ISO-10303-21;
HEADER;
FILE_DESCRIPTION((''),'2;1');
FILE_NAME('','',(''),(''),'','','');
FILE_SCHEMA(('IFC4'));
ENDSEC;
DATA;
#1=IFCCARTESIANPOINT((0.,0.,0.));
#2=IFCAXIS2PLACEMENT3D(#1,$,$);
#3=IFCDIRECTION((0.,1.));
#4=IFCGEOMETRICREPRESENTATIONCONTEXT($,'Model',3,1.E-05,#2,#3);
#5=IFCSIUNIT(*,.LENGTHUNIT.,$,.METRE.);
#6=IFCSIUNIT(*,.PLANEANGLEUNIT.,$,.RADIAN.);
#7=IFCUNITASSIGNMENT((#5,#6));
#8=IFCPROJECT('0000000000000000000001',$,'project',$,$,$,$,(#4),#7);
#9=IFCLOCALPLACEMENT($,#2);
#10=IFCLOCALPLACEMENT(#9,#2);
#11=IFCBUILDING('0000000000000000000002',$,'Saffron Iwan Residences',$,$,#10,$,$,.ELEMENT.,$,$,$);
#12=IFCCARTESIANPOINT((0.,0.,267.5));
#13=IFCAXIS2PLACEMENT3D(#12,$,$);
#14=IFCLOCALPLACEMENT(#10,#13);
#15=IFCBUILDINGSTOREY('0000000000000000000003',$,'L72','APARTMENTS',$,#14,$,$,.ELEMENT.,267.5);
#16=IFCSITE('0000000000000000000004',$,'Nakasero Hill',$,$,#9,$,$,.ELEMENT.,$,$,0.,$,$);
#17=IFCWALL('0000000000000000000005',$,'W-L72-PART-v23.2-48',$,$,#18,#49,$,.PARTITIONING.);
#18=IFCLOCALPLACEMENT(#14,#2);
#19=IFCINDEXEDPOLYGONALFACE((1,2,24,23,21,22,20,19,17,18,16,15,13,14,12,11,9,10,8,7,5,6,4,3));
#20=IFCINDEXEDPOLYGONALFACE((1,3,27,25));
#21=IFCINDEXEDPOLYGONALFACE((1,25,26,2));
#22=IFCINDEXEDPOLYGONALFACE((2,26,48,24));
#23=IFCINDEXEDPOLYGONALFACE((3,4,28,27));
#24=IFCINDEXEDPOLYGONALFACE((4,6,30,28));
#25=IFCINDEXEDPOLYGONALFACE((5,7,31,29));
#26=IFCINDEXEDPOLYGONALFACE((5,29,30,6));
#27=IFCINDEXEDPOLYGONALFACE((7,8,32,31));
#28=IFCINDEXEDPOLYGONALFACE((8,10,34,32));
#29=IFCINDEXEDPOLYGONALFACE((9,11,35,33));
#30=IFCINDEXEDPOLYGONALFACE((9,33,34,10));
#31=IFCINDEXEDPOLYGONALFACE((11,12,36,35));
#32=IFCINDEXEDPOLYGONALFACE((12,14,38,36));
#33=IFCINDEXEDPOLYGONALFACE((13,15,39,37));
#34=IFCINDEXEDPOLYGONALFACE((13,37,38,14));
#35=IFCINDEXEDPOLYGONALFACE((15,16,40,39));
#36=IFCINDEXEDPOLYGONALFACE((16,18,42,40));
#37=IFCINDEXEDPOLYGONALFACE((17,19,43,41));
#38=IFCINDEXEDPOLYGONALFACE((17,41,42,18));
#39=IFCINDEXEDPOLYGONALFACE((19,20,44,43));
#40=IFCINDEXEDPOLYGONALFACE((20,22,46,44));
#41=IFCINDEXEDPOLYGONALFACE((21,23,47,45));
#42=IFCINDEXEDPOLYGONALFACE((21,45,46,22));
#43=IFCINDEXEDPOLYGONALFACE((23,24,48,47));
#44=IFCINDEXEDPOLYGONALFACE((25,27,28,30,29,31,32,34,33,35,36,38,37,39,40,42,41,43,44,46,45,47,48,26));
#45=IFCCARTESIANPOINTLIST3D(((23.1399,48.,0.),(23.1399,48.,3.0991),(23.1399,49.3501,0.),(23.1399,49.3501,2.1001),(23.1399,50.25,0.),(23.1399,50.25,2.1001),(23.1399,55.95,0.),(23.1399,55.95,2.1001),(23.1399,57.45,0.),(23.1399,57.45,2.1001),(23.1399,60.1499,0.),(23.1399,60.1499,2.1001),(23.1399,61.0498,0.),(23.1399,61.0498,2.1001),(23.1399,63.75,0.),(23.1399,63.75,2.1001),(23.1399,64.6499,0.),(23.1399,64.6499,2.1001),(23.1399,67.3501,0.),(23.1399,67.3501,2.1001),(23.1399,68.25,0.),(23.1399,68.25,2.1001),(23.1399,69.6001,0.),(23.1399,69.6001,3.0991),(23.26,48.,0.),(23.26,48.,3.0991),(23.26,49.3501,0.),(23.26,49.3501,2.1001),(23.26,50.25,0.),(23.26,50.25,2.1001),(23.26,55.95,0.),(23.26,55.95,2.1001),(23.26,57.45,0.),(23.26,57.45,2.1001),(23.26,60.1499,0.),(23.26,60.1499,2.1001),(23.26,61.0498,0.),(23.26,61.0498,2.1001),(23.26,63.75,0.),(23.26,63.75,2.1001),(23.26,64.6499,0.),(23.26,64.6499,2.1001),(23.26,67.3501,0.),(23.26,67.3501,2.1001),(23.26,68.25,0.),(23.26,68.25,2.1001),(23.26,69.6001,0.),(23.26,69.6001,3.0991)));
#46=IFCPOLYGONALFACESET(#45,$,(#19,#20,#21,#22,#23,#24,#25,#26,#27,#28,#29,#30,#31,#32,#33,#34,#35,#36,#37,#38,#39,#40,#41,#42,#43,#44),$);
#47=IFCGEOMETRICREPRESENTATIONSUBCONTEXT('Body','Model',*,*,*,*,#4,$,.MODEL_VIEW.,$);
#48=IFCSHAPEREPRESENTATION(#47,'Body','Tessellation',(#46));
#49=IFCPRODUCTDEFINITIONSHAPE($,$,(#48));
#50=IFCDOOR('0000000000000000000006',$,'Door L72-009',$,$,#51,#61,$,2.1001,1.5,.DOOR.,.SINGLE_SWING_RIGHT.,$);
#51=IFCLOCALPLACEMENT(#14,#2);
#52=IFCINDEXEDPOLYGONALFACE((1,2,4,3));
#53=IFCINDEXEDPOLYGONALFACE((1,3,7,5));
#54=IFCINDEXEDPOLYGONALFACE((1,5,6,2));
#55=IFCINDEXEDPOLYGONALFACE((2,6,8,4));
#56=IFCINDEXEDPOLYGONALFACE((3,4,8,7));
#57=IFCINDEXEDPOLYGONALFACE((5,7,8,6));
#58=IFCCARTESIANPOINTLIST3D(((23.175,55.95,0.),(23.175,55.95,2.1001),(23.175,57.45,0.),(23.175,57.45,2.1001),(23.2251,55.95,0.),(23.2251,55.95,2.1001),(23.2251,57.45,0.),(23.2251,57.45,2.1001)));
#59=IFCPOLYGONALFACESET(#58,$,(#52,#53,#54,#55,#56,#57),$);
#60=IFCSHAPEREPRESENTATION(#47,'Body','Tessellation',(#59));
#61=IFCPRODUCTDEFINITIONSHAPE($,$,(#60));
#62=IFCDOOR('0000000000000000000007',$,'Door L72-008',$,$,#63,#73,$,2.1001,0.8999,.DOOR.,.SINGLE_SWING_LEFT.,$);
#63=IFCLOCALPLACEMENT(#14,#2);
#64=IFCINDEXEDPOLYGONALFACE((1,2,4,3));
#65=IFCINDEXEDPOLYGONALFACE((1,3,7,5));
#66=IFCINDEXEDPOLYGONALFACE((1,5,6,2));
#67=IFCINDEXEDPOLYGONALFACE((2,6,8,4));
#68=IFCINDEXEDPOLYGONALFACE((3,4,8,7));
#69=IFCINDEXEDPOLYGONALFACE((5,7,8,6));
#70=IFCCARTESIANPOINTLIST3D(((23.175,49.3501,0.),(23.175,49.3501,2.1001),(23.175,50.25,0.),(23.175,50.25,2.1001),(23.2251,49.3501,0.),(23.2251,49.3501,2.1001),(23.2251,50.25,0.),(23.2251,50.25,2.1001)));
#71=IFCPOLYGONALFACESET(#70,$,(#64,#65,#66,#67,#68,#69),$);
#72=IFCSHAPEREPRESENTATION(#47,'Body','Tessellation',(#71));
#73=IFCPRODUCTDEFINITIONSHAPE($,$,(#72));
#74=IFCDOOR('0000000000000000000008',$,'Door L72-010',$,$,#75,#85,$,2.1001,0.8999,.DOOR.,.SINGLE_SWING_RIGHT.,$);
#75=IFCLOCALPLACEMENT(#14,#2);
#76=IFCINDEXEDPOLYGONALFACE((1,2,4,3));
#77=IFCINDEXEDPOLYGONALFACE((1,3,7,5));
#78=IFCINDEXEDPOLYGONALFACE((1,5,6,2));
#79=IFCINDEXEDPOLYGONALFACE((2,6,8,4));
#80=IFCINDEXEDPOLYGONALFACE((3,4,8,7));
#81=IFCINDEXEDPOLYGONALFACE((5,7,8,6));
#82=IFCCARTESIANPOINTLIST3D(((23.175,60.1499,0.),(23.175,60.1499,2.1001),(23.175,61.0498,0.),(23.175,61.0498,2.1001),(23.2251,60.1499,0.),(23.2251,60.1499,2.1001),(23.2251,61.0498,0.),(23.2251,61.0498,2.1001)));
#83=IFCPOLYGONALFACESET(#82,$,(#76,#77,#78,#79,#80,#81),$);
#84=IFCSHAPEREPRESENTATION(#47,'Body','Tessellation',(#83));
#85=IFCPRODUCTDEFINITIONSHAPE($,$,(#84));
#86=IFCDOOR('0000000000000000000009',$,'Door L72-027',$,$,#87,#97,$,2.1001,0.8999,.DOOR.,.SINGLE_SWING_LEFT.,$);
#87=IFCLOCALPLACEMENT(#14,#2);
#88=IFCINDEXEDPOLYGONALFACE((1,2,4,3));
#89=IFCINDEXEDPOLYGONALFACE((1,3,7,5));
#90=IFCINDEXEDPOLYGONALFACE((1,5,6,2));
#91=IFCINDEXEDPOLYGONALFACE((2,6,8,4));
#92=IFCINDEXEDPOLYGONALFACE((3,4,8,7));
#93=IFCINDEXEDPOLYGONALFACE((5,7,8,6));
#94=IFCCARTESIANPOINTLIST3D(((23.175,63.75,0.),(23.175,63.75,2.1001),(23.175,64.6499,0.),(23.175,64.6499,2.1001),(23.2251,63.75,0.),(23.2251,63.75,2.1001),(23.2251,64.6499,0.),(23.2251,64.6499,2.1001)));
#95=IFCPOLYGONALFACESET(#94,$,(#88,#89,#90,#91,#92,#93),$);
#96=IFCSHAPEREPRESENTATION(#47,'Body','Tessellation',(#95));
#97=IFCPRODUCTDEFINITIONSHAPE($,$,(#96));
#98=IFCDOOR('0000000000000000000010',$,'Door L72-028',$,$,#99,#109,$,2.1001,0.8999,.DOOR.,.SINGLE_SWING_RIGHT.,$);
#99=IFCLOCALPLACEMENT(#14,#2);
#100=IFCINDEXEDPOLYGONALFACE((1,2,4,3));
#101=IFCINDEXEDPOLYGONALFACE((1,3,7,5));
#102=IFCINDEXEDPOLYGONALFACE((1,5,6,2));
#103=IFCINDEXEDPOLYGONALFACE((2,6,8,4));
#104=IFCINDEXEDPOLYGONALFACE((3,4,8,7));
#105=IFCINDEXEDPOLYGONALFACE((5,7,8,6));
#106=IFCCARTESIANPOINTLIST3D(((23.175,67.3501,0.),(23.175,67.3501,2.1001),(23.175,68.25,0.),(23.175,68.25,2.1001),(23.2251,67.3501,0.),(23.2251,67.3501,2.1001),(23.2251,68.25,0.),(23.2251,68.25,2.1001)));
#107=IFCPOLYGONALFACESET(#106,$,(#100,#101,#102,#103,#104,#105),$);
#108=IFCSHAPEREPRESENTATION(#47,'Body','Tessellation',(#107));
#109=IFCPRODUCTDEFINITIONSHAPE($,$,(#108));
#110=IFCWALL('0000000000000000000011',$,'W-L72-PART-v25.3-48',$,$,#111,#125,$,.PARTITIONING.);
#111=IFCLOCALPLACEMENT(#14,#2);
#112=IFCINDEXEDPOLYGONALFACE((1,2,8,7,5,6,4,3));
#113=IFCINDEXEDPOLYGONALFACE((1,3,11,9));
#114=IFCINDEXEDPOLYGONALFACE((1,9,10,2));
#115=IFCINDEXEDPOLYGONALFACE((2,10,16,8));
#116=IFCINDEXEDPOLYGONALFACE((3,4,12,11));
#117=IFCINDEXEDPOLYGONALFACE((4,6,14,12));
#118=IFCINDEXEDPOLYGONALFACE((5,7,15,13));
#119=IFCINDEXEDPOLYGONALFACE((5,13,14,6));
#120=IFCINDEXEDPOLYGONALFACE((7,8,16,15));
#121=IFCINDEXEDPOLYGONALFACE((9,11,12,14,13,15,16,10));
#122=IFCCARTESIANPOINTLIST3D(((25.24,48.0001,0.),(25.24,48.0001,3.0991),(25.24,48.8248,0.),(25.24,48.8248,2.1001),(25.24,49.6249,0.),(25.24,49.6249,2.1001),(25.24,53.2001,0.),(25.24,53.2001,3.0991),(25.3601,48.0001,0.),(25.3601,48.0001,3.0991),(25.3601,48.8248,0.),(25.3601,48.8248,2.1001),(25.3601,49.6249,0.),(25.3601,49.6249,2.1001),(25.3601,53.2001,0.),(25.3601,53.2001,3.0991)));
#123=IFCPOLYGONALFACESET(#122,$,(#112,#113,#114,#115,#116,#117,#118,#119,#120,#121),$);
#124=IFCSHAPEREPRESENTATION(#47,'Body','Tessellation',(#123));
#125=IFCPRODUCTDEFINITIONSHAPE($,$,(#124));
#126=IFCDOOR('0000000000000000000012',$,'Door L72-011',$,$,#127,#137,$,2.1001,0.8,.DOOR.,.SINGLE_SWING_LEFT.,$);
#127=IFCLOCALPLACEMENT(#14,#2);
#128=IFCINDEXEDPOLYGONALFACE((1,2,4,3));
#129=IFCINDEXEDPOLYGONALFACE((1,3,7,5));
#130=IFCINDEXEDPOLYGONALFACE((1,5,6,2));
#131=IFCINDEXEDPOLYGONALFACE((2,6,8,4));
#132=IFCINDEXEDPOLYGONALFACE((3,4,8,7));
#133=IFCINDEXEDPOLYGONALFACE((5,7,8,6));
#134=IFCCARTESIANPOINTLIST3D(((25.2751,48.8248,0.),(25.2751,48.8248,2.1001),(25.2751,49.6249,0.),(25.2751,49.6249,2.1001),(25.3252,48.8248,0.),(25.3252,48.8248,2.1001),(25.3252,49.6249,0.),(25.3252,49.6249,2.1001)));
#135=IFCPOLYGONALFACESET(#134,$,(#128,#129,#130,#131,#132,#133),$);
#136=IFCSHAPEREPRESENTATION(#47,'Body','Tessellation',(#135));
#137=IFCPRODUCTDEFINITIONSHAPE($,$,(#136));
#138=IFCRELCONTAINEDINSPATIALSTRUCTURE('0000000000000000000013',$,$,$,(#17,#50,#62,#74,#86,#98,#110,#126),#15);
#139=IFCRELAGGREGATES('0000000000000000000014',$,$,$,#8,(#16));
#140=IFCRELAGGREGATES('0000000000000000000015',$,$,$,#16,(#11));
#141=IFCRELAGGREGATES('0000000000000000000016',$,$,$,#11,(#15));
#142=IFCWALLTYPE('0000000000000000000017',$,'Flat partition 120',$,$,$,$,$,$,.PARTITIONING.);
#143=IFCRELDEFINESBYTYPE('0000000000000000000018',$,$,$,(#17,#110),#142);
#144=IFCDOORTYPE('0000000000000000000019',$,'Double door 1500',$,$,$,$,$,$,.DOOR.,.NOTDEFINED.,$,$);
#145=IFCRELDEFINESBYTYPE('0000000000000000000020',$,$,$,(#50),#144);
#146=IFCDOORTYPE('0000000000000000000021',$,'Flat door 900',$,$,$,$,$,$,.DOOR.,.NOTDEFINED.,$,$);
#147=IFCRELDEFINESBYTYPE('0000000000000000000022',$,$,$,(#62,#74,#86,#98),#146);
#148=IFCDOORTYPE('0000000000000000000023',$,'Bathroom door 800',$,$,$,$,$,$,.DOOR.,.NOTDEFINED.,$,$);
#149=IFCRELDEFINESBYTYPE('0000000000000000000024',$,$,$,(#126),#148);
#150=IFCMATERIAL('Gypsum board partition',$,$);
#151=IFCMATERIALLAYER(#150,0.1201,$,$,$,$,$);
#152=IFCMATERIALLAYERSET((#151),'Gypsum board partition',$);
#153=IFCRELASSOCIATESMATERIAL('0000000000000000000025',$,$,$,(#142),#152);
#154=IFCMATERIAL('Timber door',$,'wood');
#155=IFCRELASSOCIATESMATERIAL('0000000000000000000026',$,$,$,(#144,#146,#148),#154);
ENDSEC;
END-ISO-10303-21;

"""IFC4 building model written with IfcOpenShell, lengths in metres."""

from ifc_helpers import new_model, si_unit, direction, frame, frame_2d, origin, place, context, subcontext, project, spatial, rectangle, extrude, material, layer, layer_set, type_object, element, fill, save


model = new_model("IFC4")

# Units and contexts
model_context = context("Model", 3, precision=1e-05, world=origin(), true_north=direction((0.0, 1.0)))
body_context = subcontext(model_context, "Body", "Model", "MODEL_VIEW")
ifc_project = project(units=[si_unit("LENGTHUNIT", "METRE"), si_unit("PLANEANGLEUNIT", "RADIAN")], contexts=[model_context])

# Site, building, storey
site_placement = place(None, origin())
site = spatial("IfcSite", under=ifc_project, at=site_placement, Name="Nakasero Hill", CompositionType="ELEMENT", RefElevation=0.0)
building_placement = place(site_placement, origin())
building = spatial("IfcBuilding", under=site, at=building_placement, Name="Saffron Iwan Residences", CompositionType="ELEMENT")
storey_placement = place(building_placement, frame((0.0, 0.0, 267.5)))
storey = spatial("IfcBuildingStorey", under=building, at=storey_placement, Name="L72", Description="APARTMENTS", CompositionType="ELEMENT", Elevation=267.5)

# Shared definitions
ifc_material_1 = material(Name="Gypsum board partition")
ifc_layer_1 = layer(ifc_material_1, 0.1201)
ifc_layer_set_1 = layer_set([ifc_layer_1], Name="Gypsum board partition")
wall_type_1 = type_object("IfcWallType", Name="Flat partition 120", PredefinedType="PARTITIONING", material=ifc_layer_set_1)

# Wall, openings, doors
wall_1_placement = place(storey_placement, frame((23.2, 48.0, 0.0), z_axis=(0.0, 0.0, 1.0), x_axis=(0.0, 1.0, 0.0)))
wall_1 = element("IfcWall", 1, at=wall_1_placement, inside=storey, type_object=wall_type_1, Name="W-L72-PART-v23.2-48", PredefinedType="PARTITIONING", context=body_context, shape_type="SweptSolid", body=[
    extrude(rectangle(XDim=21.6001, YDim=0.1201, at=frame_2d((10.8, 0.0))), origin(), (0.0, 0.0, 1.0), 3.0991),
])
opening_1_placement = place(wall_1_placement, frame((1.3501, 0.0, 0.0)))
opening_1 = element("IfcOpeningElement", 2, at=opening_1_placement, cuts=wall_1, PredefinedType="OPENING", context=body_context, shape_type="SweptSolid", body=[
    extrude(rectangle(XDim=0.8999, YDim=2.1001, at=frame_2d((0.45, 1.05))), frame((0.0, 0.0701, 0.0), z_axis=(0.0, -1.0, 0.0), x_axis=(1.0, 0.0, 0.0)), (0.0, 0.0, 1.0), 0.1401),
])
opening_2_placement = place(wall_1_placement, frame((7.95, 0.0, 0.0)))
opening_2 = element("IfcOpeningElement", 3, at=opening_2_placement, cuts=wall_1, PredefinedType="OPENING", context=body_context, shape_type="SweptSolid", body=[
    extrude(rectangle(XDim=1.5, YDim=2.1001, at=frame_2d((0.75, 1.05))), frame((0.0, 0.0701, 0.0), z_axis=(0.0, -1.0, 0.0), x_axis=(1.0, 0.0, 0.0)), (0.0, 0.0, 1.0), 0.1401),
])
opening_3_placement = place(wall_1_placement, frame((12.1499, 0.0, 0.0)))
opening_3 = element("IfcOpeningElement", 4, at=opening_3_placement, cuts=wall_1, PredefinedType="OPENING", context=body_context, shape_type="SweptSolid", body=[
    extrude(rectangle(XDim=0.8999, YDim=2.1001, at=frame_2d((0.45, 1.05))), frame((0.0, 0.0701, 0.0), z_axis=(0.0, -1.0, 0.0), x_axis=(1.0, 0.0, 0.0)), (0.0, 0.0, 1.0), 0.1401),
])
opening_4_placement = place(wall_1_placement, frame((15.75, 0.0, 0.0)))
opening_4 = element("IfcOpeningElement", 5, at=opening_4_placement, cuts=wall_1, PredefinedType="OPENING", context=body_context, shape_type="SweptSolid", body=[
    extrude(rectangle(XDim=0.8999, YDim=2.1001, at=frame_2d((0.45, 1.05))), frame((0.0, 0.0701, 0.0), z_axis=(0.0, -1.0, 0.0), x_axis=(1.0, 0.0, 0.0)), (0.0, 0.0, 1.0), 0.1401),
])
opening_5_placement = place(wall_1_placement, frame((19.3501, 0.0, 0.0)))
opening_5 = element("IfcOpeningElement", 6, at=opening_5_placement, cuts=wall_1, PredefinedType="OPENING", context=body_context, shape_type="SweptSolid", body=[
    extrude(rectangle(XDim=0.8999, YDim=2.1001, at=frame_2d((0.45, 1.05))), frame((0.0, 0.0701, 0.0), z_axis=(0.0, -1.0, 0.0), x_axis=(1.0, 0.0, 0.0)), (0.0, 0.0, 1.0), 0.1401),
])
ifc_material_2 = material(Name="Timber door", Category="wood")
door_type_1 = type_object("IfcDoorType", Name="Double door 1500", OperationType="NOTDEFINED", PredefinedType="DOOR", material=ifc_material_2)
door_1_placement = place(opening_2_placement, origin())
door_1 = element("IfcDoor", 7, at=door_1_placement, inside=storey, type_object=door_type_1, Name="Door L72-009", OperationType="SINGLE_SWING_RIGHT", OverallHeight=2.1001, OverallWidth=1.5, PredefinedType="DOOR", context=body_context, shape_type="SweptSolid", body=[
    extrude(rectangle(XDim=1.5, YDim=2.1001, at=frame_2d((0.75, 1.05))), frame((0.0, 0.0249, 0.0), z_axis=(0.0, -1.0, 0.0), x_axis=(1.0, 0.0, 0.0)), (0.0, 0.0, 1.0), 0.05),
])
fill(opening_2, door_1)
door_type_2 = type_object("IfcDoorType", Name="Flat door 900", OperationType="NOTDEFINED", PredefinedType="DOOR", material=ifc_material_2)
door_2_placement = place(opening_1_placement, origin())
door_2 = element("IfcDoor", 8, at=door_2_placement, inside=storey, type_object=door_type_2, Name="Door L72-008", OperationType="SINGLE_SWING_LEFT", OverallHeight=2.1001, OverallWidth=0.8999, PredefinedType="DOOR", context=body_context, shape_type="SweptSolid", body=[
    extrude(rectangle(XDim=0.8999, YDim=2.1001, at=frame_2d((0.45, 1.05))), frame((0.0, 0.0249, 0.0), z_axis=(0.0, -1.0, 0.0), x_axis=(1.0, 0.0, 0.0)), (0.0, 0.0, 1.0), 0.05),
])
fill(opening_1, door_2)
door_3_placement = place(opening_3_placement, origin())
door_3 = element("IfcDoor", 9, at=door_3_placement, inside=storey, type_object=door_type_2, Name="Door L72-010", OperationType="SINGLE_SWING_RIGHT", OverallHeight=2.1001, OverallWidth=0.8999, PredefinedType="DOOR", context=body_context, shape_type="SweptSolid", body=[
    extrude(rectangle(XDim=0.8999, YDim=2.1001, at=frame_2d((0.45, 1.05))), frame((0.0, 0.0249, 0.0), z_axis=(0.0, -1.0, 0.0), x_axis=(1.0, 0.0, 0.0)), (0.0, 0.0, 1.0), 0.05),
])
fill(opening_3, door_3)
door_4_placement = place(opening_4_placement, origin())
door_4 = element("IfcDoor", 10, at=door_4_placement, inside=storey, type_object=door_type_2, Name="Door L72-027", OperationType="SINGLE_SWING_LEFT", OverallHeight=2.1001, OverallWidth=0.8999, PredefinedType="DOOR", context=body_context, shape_type="SweptSolid", body=[
    extrude(rectangle(XDim=0.8999, YDim=2.1001, at=frame_2d((0.45, 1.05))), frame((0.0, 0.0249, 0.0), z_axis=(0.0, -1.0, 0.0), x_axis=(1.0, 0.0, 0.0)), (0.0, 0.0, 1.0), 0.05),
])
fill(opening_4, door_4)
door_5_placement = place(opening_5_placement, origin())
door_5 = element("IfcDoor", 11, at=door_5_placement, inside=storey, type_object=door_type_2, Name="Door L72-028", OperationType="SINGLE_SWING_RIGHT", OverallHeight=2.1001, OverallWidth=0.8999, PredefinedType="DOOR", context=body_context, shape_type="SweptSolid", body=[
    extrude(rectangle(XDim=0.8999, YDim=2.1001, at=frame_2d((0.45, 1.05))), frame((0.0, 0.0249, 0.0), z_axis=(0.0, -1.0, 0.0), x_axis=(1.0, 0.0, 0.0)), (0.0, 0.0, 1.0), 0.05),
])
fill(opening_5, door_5)

# Wall, opening, door
wall_2_placement = place(storey_placement, frame((25.3, 48.0, 0.0), z_axis=(0.0, 0.0, 1.0), x_axis=(0.0, 1.0, 0.0)))
wall_2 = element("IfcWall", 12, at=wall_2_placement, inside=storey, type_object=wall_type_1, Name="W-L72-PART-v25.3-48", PredefinedType="PARTITIONING", context=body_context, shape_type="SweptSolid", body=[
    extrude(rectangle(XDim=5.2, YDim=0.1201, at=frame_2d((2.6001, 0.0))), origin(), (0.0, 0.0, 1.0), 3.0991),
])
opening_6_placement = place(wall_2_placement, frame((0.825, 0.0, 0.0)))
opening_6 = element("IfcOpeningElement", 13, at=opening_6_placement, cuts=wall_2, PredefinedType="OPENING", context=body_context, shape_type="SweptSolid", body=[
    extrude(rectangle(XDim=0.8, YDim=2.1001, at=frame_2d((0.3999, 1.05))), frame((0.0, 0.0701, 0.0), z_axis=(0.0, -1.0, 0.0), x_axis=(1.0, 0.0, 0.0)), (0.0, 0.0, 1.0), 0.1401),
])
door_type_3 = type_object("IfcDoorType", Name="Bathroom door 800", OperationType="NOTDEFINED", PredefinedType="DOOR", material=ifc_material_2)
door_6_placement = place(opening_6_placement, origin())
door_6 = element("IfcDoor", 14, at=door_6_placement, inside=storey, type_object=door_type_3, Name="Door L72-011", OperationType="SINGLE_SWING_LEFT", OverallHeight=2.1001, OverallWidth=0.8, PredefinedType="DOOR", context=body_context, shape_type="SweptSolid", body=[
    extrude(rectangle(XDim=0.8, YDim=2.1001, at=frame_2d((0.3999, 1.05))), frame((0.0, 0.0249, 0.0), z_axis=(0.0, -1.0, 0.0), x_axis=(1.0, 0.0, 0.0)), (0.0, 0.0, 1.0), 0.05),
])
fill(opening_6, door_6)

save(model, "model.ifc")
